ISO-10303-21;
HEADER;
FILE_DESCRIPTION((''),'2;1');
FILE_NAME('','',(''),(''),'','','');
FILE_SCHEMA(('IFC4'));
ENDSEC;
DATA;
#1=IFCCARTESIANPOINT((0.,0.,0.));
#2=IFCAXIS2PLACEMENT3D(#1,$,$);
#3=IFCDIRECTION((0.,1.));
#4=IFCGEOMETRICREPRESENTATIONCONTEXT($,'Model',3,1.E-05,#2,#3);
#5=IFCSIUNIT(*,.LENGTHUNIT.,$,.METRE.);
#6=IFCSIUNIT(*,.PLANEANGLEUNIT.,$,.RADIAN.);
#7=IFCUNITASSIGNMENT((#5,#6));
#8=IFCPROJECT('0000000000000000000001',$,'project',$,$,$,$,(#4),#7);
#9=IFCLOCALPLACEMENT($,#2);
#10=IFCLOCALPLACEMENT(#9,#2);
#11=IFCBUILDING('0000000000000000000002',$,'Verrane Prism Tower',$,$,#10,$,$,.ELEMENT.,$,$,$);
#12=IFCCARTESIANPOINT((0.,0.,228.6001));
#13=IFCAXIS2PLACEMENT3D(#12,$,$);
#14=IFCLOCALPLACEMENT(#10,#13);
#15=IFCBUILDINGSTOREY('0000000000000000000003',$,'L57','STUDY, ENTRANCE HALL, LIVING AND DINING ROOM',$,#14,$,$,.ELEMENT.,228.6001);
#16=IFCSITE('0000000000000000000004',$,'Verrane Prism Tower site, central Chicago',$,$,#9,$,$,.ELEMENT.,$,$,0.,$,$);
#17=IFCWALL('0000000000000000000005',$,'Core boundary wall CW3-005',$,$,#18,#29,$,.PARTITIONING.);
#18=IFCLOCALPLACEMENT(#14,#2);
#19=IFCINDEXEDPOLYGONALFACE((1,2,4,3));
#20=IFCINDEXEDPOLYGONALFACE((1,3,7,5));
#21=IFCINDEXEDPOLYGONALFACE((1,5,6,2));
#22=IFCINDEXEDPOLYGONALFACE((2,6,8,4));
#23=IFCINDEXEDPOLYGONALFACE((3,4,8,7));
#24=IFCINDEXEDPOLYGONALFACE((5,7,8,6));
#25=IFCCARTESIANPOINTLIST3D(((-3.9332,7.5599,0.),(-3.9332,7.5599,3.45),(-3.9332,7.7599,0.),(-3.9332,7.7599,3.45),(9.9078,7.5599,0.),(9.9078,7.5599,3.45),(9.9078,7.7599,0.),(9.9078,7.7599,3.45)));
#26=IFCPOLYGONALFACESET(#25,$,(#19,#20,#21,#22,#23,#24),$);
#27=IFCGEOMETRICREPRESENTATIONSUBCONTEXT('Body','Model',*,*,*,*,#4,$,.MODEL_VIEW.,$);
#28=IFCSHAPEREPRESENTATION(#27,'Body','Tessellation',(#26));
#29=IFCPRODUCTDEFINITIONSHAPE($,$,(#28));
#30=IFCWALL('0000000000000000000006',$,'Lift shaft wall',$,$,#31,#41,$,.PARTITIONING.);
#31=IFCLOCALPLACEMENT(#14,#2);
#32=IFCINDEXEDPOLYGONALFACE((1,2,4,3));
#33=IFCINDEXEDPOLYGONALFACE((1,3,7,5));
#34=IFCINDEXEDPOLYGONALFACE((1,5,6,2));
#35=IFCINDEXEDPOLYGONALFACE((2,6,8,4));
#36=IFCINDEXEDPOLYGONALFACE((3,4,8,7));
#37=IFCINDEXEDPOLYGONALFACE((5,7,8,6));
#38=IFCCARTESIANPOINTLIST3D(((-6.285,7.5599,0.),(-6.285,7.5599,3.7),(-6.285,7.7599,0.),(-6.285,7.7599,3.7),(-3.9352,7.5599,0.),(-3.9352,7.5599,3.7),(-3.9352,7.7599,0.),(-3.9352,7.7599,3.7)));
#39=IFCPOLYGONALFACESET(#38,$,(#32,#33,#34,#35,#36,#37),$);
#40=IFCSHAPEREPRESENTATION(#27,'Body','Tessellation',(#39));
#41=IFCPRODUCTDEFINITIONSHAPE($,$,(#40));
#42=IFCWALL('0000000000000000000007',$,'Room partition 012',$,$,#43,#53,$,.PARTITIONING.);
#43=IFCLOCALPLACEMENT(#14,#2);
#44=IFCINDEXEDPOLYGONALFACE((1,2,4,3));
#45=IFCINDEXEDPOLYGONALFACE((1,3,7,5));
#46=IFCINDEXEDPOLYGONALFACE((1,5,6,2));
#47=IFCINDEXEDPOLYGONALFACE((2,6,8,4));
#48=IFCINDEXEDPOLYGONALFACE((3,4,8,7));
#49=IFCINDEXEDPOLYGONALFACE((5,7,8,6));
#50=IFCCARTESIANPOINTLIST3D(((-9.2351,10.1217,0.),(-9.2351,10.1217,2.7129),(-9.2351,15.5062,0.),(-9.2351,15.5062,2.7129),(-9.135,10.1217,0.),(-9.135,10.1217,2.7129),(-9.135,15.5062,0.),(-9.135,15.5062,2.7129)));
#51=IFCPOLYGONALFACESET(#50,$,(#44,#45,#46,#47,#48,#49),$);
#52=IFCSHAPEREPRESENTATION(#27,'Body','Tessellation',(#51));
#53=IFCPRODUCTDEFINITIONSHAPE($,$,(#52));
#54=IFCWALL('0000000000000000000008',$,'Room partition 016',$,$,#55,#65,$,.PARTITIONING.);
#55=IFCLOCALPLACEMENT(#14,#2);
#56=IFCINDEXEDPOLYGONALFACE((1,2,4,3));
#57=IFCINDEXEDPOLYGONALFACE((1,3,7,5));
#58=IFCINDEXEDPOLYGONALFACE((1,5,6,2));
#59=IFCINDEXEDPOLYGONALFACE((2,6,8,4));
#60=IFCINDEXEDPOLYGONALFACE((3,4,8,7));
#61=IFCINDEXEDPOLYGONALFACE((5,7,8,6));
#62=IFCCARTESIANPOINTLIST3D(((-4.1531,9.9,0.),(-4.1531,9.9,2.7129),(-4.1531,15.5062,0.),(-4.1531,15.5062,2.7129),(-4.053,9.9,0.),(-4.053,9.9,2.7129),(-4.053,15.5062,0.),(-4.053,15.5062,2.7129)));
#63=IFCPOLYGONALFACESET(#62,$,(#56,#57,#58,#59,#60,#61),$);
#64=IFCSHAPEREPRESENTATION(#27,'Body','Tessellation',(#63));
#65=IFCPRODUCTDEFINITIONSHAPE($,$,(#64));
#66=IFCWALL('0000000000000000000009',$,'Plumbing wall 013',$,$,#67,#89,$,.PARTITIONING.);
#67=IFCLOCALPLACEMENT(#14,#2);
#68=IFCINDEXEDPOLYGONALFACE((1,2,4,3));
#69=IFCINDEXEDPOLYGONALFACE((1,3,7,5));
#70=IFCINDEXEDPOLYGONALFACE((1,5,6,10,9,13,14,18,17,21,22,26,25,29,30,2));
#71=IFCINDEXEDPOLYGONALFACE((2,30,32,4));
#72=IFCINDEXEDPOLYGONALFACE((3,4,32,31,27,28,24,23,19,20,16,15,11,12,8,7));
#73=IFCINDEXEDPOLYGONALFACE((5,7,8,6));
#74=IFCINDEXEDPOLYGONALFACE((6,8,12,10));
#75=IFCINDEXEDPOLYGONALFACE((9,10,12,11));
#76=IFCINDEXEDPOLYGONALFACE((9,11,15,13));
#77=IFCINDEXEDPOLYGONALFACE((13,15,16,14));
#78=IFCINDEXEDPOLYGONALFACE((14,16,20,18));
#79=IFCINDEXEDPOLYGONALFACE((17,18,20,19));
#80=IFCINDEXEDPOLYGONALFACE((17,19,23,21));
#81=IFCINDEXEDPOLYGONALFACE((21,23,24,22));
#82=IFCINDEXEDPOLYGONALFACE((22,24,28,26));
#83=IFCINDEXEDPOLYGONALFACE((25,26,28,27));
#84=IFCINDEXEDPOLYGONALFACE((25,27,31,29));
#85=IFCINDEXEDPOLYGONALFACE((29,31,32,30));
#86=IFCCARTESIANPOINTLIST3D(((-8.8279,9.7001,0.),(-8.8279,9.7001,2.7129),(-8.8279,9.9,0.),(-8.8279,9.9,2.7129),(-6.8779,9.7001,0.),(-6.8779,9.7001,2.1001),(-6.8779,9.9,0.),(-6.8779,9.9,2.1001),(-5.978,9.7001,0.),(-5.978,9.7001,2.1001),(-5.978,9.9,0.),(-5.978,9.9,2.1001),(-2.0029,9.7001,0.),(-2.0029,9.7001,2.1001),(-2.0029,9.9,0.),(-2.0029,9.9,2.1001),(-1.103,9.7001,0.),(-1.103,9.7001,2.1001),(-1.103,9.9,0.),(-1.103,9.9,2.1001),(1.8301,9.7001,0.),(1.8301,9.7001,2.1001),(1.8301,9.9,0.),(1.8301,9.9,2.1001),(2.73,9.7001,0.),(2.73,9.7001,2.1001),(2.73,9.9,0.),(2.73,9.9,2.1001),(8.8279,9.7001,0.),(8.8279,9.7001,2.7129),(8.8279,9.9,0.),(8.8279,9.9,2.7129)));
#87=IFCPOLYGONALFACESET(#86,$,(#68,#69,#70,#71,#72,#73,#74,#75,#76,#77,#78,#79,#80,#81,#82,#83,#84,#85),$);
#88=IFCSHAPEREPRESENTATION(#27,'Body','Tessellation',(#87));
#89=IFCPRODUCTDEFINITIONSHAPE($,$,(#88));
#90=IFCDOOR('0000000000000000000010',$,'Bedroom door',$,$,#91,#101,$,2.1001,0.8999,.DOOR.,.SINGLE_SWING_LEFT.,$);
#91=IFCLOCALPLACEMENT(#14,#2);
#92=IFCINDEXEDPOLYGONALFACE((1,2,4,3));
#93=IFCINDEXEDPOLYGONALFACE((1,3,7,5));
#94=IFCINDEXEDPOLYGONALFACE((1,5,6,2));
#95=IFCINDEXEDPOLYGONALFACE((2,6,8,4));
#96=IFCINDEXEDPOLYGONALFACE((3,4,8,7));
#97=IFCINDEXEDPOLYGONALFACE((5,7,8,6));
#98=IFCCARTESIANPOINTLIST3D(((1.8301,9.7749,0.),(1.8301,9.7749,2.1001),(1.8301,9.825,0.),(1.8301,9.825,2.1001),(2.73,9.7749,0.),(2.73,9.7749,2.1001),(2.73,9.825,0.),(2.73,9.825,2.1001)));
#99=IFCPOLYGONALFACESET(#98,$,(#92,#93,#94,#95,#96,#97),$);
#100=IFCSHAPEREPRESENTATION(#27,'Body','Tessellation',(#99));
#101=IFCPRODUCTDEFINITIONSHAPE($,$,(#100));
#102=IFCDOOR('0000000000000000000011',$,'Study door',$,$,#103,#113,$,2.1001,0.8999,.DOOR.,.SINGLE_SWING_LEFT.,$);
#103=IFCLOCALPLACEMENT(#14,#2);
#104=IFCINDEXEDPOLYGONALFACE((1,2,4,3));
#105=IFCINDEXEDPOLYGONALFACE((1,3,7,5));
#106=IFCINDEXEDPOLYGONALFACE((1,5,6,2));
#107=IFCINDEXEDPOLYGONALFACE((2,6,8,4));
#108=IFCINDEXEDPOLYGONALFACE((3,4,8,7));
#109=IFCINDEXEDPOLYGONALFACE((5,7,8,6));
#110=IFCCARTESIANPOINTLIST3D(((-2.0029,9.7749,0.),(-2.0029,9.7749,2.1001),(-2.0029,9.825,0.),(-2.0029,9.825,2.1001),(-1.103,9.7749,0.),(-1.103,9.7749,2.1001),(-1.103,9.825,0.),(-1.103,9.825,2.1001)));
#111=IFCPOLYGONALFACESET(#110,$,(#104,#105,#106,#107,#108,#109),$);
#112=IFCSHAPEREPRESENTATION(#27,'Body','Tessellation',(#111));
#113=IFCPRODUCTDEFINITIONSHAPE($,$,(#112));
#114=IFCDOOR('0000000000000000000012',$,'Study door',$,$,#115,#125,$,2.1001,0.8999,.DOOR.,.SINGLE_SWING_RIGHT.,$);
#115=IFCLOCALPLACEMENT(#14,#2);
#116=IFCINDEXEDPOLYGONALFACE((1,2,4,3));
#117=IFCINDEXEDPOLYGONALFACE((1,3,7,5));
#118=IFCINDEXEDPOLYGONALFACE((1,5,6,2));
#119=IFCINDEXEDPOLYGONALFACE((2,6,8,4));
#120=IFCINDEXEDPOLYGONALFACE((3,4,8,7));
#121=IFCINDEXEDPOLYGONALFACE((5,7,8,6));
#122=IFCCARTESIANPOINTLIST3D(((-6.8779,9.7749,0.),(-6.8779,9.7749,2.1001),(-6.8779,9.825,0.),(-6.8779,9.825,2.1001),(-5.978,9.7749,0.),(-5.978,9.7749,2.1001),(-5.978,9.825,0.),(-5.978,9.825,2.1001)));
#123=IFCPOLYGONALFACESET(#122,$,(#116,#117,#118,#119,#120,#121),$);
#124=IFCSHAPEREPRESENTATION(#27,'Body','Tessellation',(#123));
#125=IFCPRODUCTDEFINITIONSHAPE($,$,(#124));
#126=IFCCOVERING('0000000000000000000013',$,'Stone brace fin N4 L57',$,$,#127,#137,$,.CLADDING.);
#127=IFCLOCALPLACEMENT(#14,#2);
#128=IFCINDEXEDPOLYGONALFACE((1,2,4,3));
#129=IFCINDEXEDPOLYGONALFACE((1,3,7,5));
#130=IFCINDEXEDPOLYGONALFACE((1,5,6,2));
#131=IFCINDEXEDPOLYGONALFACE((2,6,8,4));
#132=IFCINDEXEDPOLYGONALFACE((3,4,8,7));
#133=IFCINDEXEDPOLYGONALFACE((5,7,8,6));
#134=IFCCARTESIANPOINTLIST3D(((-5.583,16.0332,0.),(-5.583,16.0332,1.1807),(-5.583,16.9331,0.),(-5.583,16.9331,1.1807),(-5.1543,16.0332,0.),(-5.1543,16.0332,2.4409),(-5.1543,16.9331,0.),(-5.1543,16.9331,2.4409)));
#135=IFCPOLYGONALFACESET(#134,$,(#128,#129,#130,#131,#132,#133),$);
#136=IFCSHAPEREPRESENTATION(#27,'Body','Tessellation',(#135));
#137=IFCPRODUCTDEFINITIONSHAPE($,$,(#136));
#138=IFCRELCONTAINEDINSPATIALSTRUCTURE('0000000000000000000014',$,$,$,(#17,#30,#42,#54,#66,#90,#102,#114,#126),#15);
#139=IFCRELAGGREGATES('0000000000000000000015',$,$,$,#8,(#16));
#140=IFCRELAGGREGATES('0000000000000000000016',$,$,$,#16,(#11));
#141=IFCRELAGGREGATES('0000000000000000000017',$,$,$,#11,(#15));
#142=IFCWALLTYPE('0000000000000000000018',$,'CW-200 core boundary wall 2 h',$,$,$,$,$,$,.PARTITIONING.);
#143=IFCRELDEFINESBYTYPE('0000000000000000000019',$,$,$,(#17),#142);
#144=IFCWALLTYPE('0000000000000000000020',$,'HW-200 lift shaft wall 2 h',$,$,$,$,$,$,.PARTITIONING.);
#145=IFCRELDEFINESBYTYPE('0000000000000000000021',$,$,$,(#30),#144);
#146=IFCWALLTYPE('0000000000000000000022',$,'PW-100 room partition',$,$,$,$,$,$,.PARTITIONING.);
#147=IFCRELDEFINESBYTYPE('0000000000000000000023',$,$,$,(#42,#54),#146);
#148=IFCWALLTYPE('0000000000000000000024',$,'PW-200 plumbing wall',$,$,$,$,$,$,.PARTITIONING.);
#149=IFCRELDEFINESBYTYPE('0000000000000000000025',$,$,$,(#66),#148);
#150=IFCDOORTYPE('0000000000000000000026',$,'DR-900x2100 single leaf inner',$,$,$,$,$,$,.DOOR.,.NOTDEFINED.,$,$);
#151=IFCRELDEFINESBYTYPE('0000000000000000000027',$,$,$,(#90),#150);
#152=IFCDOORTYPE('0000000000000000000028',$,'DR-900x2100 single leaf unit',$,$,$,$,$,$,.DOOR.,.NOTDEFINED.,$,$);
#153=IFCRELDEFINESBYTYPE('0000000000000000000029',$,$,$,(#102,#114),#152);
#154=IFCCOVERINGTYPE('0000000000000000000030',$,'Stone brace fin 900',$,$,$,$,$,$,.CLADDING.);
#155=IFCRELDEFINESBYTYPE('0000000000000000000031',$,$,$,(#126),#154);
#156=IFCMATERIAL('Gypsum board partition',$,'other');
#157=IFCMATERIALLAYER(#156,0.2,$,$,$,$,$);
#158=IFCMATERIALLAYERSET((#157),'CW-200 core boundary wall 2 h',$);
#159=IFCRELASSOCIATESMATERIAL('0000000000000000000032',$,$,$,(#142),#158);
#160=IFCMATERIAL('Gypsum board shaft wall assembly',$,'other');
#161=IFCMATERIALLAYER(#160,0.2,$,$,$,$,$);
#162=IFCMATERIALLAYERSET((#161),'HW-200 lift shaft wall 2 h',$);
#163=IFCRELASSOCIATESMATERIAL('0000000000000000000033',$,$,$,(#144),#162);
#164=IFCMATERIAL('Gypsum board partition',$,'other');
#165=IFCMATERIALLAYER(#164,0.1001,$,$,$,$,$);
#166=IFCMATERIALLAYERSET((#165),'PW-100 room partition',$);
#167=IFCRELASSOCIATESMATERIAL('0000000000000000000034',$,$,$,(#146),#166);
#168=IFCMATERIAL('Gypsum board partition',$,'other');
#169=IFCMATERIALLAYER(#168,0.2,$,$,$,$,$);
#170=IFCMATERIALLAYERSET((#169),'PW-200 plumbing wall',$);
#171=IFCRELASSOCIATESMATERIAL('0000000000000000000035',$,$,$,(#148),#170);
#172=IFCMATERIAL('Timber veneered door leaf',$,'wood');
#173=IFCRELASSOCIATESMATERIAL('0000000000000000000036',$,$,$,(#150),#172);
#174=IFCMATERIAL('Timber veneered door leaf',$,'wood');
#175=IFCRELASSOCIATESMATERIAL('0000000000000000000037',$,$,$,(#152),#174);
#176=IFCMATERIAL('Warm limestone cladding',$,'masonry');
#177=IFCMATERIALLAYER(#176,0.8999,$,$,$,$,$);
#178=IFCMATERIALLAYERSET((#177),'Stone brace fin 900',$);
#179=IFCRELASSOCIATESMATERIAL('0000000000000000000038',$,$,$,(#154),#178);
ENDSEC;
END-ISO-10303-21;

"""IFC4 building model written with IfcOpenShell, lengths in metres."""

from ifc_helpers import new_model, si_unit, direction, frame, frame_2d, origin, place, context, subcontext, project, spatial, polyline, rectangle, outline, extrude, material, layer, layer_set, type_object, element, fill, save


model = new_model("IFC4")

# Units and contexts
model_context = context("Model", 3, precision=1e-05, world=origin(), true_north=direction((0.0, 1.0)))
body_context = subcontext(model_context, "Body", "Model", "MODEL_VIEW")
ifc_project = project(units=[si_unit("LENGTHUNIT", "METRE"), si_unit("PLANEANGLEUNIT", "RADIAN")], contexts=[model_context])

# Site, building, storey
site_placement = place(None, origin())
site = spatial("IfcSite", under=ifc_project, at=site_placement, Name="Verrane Prism Tower site, central Chicago", CompositionType="ELEMENT", RefElevation=0.0)
building_placement = place(site_placement, origin())
building = spatial("IfcBuilding", under=site, at=building_placement, Name="Verrane Prism Tower", CompositionType="ELEMENT")
storey_placement = place(building_placement, frame((0.0, 0.0, 228.6001)))
storey = spatial("IfcBuildingStorey", under=building, at=storey_placement, Name="L57", Description="STUDY, ENTRANCE HALL, LIVING AND DINING ROOM", CompositionType="ELEMENT", Elevation=228.6001)

# Walls
ifc_material_1 = material(Name="Gypsum board partition", Category="other")
ifc_layer_1 = layer(ifc_material_1, 0.2)
ifc_layer_set_1 = layer_set([ifc_layer_1], Name="CW-200 core boundary wall 2 h")
wall_type_1 = type_object("IfcWallType", Name="CW-200 core boundary wall 2 h", PredefinedType="PARTITIONING", material=ifc_layer_set_1)
wall_1_placement = place(storey_placement, frame((-3.9331, 7.6599, 0.0), z_axis=(0.0, 0.0, 1.0), x_axis=(1.0, 0.0, 0.0)))
element("IfcWall", 1, at=wall_1_placement, inside=storey, type_object=wall_type_1, Name="Core boundary wall CW3-005", PredefinedType="PARTITIONING", context=body_context, shape_type="SweptSolid", body=[
    extrude(rectangle(XDim=13.8411, YDim=0.2, at=frame_2d((6.9204, 0.0))), origin(), (0.0, 0.0, 1.0), 3.45),
])
ifc_material_2 = material(Name="Gypsum board shaft wall assembly", Category="other")
ifc_layer_2 = layer(ifc_material_2, 0.2)
ifc_layer_set_2 = layer_set([ifc_layer_2], Name="HW-200 lift shaft wall 2 h")
wall_type_2 = type_object("IfcWallType", Name="HW-200 lift shaft wall 2 h", PredefinedType="PARTITIONING", material=ifc_layer_set_2)
wall_2_placement = place(storey_placement, frame((-6.2849, 7.6599, 0.0), z_axis=(0.0, 0.0, 1.0), x_axis=(1.0, 0.0, 0.0)))
element("IfcWall", 2, at=wall_2_placement, inside=storey, type_object=wall_type_2, Name="Lift shaft wall", PredefinedType="PARTITIONING", context=body_context, shape_type="SweptSolid", body=[
    extrude(rectangle(XDim=2.3499, YDim=0.2, at=frame_2d((1.1748, 0.0))), origin(), (0.0, 0.0, 1.0), 3.7),
])
ifc_material_3 = material(Name="Gypsum board partition", Category="other")
ifc_layer_3 = layer(ifc_material_3, 0.1001)
ifc_layer_set_3 = layer_set([ifc_layer_3], Name="PW-100 room partition")
wall_type_3 = type_object("IfcWallType", Name="PW-100 room partition", PredefinedType="PARTITIONING", material=ifc_layer_set_3)
wall_3_placement = place(storey_placement, frame((-9.1851, 10.1216, 0.0), z_axis=(0.0, 0.0, 1.0), x_axis=(0.0, 1.0, 0.0)))
element("IfcWall", 3, at=wall_3_placement, inside=storey, type_object=wall_type_3, Name="Room partition 012", PredefinedType="PARTITIONING", context=body_context, shape_type="SweptSolid", body=[
    extrude(rectangle(XDim=5.3845, YDim=0.1001, at=frame_2d((2.6924, 0.0))), origin(), (0.0, 0.0, 1.0), 2.7129),
])
wall_4_placement = place(storey_placement, frame((-4.103, 9.8999, 0.0), z_axis=(0.0, 0.0, 1.0), x_axis=(0.0, 1.0, 0.0)))
element("IfcWall", 4, at=wall_4_placement, inside=storey, type_object=wall_type_3, Name="Room partition 016", PredefinedType="PARTITIONING", context=body_context, shape_type="SweptSolid", body=[
    extrude(rectangle(XDim=5.6062, YDim=0.1001, at=frame_2d((2.8032, 0.0))), origin(), (0.0, 0.0, 1.0), 2.7129),
])

# Wall, openings, doors
ifc_material_4 = material(Name="Gypsum board partition", Category="other")
ifc_layer_4 = layer(ifc_material_4, 0.2)
ifc_layer_set_4 = layer_set([ifc_layer_4], Name="PW-200 plumbing wall")
wall_type_4 = type_object("IfcWallType", Name="PW-200 plumbing wall", PredefinedType="PARTITIONING", material=ifc_layer_set_4)
wall_5_placement = place(storey_placement, frame((-8.8279, 9.8, 0.0), z_axis=(0.0, 0.0, 1.0), x_axis=(1.0, 0.0, 0.0)))
wall_5 = element("IfcWall", 5, at=wall_5_placement, inside=storey, type_object=wall_type_4, Name="Plumbing wall 013", PredefinedType="PARTITIONING", context=body_context, shape_type="SweptSolid", body=[
    extrude(rectangle(XDim=17.6558, YDim=0.2, at=frame_2d((8.8279, 0.0))), origin(), (0.0, 0.0, 1.0), 2.7129),
])
opening_1_placement = place(wall_5_placement, frame((10.658, 0.0, 0.0)))
opening_1 = element("IfcOpeningElement", 6, at=opening_1_placement, cuts=wall_5, PredefinedType="OPENING", context=body_context, shape_type="SweptSolid", body=[
    extrude(rectangle(XDim=0.8999, YDim=2.1001, at=frame_2d((0.45, 1.05))), frame((0.0, 0.1099, 0.0), z_axis=(0.0, -1.0, 0.0), x_axis=(1.0, 0.0, 0.0)), (0.0, 0.0, 1.0), 0.22),
])
opening_2_placement = place(wall_5_placement, frame((6.825, 0.0, 0.0)))
opening_2 = element("IfcOpeningElement", 7, at=opening_2_placement, cuts=wall_5, PredefinedType="OPENING", context=body_context, shape_type="SweptSolid", body=[
    extrude(rectangle(XDim=0.8999, YDim=2.1001, at=frame_2d((0.45, 1.05))), frame((0.0, 0.1099, 0.0), z_axis=(0.0, -1.0, 0.0), x_axis=(1.0, 0.0, 0.0)), (0.0, 0.0, 1.0), 0.22),
])
opening_3_placement = place(wall_5_placement, frame((1.95, 0.0, 0.0)))
opening_3 = element("IfcOpeningElement", 8, at=opening_3_placement, cuts=wall_5, PredefinedType="OPENING", context=body_context, shape_type="SweptSolid", body=[
    extrude(rectangle(XDim=0.8999, YDim=2.1001, at=frame_2d((0.45, 1.05))), frame((0.0, 0.1099, 0.0), z_axis=(0.0, -1.0, 0.0), x_axis=(1.0, 0.0, 0.0)), (0.0, 0.0, 1.0), 0.22),
])
ifc_material_5 = material(Name="Timber veneered door leaf", Category="wood")
door_type_1 = type_object("IfcDoorType", Name="DR-900x2100 single leaf inner", OperationType="NOTDEFINED", PredefinedType="DOOR", material=ifc_material_5)
door_1_placement = place(opening_1_placement, origin())
door_1 = element("IfcDoor", 9, at=door_1_placement, inside=storey, type_object=door_type_1, Name="Bedroom door", OperationType="SINGLE_SWING_LEFT", OverallHeight=2.1001, OverallWidth=0.8999, PredefinedType="DOOR", context=body_context, shape_type="SweptSolid", body=[
    extrude(rectangle(XDim=0.8999, YDim=2.1001, at=frame_2d((0.45, 1.05))), frame((0.0, 0.0249, 0.0), z_axis=(0.0, -1.0, 0.0), x_axis=(1.0, 0.0, 0.0)), (0.0, 0.0, 1.0), 0.05),
])
fill(opening_1, door_1)
ifc_material_6 = material(Name="Timber veneered door leaf", Category="wood")
door_type_2 = type_object("IfcDoorType", Name="DR-900x2100 single leaf unit", OperationType="NOTDEFINED", PredefinedType="DOOR", material=ifc_material_6)
door_2_placement = place(opening_2_placement, origin())
door_2 = element("IfcDoor", 10, at=door_2_placement, inside=storey, type_object=door_type_2, Name="Study door", OperationType="SINGLE_SWING_LEFT", OverallHeight=2.1001, OverallWidth=0.8999, PredefinedType="DOOR", context=body_context, shape_type="SweptSolid", body=[
    extrude(rectangle(XDim=0.8999, YDim=2.1001, at=frame_2d((0.45, 1.05))), frame((0.0, 0.0249, 0.0), z_axis=(0.0, -1.0, 0.0), x_axis=(1.0, 0.0, 0.0)), (0.0, 0.0, 1.0), 0.05),
])
fill(opening_2, door_2)
door_3_placement = place(opening_3_placement, origin())
door_3 = element("IfcDoor", 11, at=door_3_placement, inside=storey, type_object=door_type_2, Name="Study door", OperationType="SINGLE_SWING_RIGHT", OverallHeight=2.1001, OverallWidth=0.8999, PredefinedType="DOOR", context=body_context, shape_type="SweptSolid", body=[
    extrude(rectangle(XDim=0.8999, YDim=2.1001, at=frame_2d((0.45, 1.05))), frame((0.0, 0.0249, 0.0), z_axis=(0.0, -1.0, 0.0), x_axis=(1.0, 0.0, 0.0)), (0.0, 0.0, 1.0), 0.05),
])
fill(opening_3, door_3)

# Covering
ifc_material_7 = material(Name="Warm limestone cladding", Category="masonry")
ifc_layer_5 = layer(ifc_material_7, 0.8999)
ifc_layer_set_5 = layer_set([ifc_layer_5], Name="Stone brace fin 900")
covering_type = type_object("IfcCoveringType", Name="Stone brace fin 900", PredefinedType="CLADDING", material=ifc_layer_set_5)
covering_placement = place(storey_placement, frame((-5.583, 16.4832, 0.0), z_axis=(0.0, 0.0, 1.0), x_axis=(1.0, 0.0, 0.0)))
element("IfcCovering", 12, at=covering_placement, inside=storey, type_object=covering_type, Name="Stone brace fin N4 L57", PredefinedType="CLADDING", context=body_context, shape_type="SweptSolid", body=[
    extrude(outline(polyline([(0.0, 0.0), (0.4287, 0.0), (0.4287, 2.4409), (0.0, 1.1807), (0.0, 0.0)])), frame((0.0, 0.45, 0.0), z_axis=(0.0, -1.0, 0.0), x_axis=(1.0, 0.0, 0.0)), (0.0, 0.0, 1.0), 0.8999),
])

save(model, "model.ifc")
